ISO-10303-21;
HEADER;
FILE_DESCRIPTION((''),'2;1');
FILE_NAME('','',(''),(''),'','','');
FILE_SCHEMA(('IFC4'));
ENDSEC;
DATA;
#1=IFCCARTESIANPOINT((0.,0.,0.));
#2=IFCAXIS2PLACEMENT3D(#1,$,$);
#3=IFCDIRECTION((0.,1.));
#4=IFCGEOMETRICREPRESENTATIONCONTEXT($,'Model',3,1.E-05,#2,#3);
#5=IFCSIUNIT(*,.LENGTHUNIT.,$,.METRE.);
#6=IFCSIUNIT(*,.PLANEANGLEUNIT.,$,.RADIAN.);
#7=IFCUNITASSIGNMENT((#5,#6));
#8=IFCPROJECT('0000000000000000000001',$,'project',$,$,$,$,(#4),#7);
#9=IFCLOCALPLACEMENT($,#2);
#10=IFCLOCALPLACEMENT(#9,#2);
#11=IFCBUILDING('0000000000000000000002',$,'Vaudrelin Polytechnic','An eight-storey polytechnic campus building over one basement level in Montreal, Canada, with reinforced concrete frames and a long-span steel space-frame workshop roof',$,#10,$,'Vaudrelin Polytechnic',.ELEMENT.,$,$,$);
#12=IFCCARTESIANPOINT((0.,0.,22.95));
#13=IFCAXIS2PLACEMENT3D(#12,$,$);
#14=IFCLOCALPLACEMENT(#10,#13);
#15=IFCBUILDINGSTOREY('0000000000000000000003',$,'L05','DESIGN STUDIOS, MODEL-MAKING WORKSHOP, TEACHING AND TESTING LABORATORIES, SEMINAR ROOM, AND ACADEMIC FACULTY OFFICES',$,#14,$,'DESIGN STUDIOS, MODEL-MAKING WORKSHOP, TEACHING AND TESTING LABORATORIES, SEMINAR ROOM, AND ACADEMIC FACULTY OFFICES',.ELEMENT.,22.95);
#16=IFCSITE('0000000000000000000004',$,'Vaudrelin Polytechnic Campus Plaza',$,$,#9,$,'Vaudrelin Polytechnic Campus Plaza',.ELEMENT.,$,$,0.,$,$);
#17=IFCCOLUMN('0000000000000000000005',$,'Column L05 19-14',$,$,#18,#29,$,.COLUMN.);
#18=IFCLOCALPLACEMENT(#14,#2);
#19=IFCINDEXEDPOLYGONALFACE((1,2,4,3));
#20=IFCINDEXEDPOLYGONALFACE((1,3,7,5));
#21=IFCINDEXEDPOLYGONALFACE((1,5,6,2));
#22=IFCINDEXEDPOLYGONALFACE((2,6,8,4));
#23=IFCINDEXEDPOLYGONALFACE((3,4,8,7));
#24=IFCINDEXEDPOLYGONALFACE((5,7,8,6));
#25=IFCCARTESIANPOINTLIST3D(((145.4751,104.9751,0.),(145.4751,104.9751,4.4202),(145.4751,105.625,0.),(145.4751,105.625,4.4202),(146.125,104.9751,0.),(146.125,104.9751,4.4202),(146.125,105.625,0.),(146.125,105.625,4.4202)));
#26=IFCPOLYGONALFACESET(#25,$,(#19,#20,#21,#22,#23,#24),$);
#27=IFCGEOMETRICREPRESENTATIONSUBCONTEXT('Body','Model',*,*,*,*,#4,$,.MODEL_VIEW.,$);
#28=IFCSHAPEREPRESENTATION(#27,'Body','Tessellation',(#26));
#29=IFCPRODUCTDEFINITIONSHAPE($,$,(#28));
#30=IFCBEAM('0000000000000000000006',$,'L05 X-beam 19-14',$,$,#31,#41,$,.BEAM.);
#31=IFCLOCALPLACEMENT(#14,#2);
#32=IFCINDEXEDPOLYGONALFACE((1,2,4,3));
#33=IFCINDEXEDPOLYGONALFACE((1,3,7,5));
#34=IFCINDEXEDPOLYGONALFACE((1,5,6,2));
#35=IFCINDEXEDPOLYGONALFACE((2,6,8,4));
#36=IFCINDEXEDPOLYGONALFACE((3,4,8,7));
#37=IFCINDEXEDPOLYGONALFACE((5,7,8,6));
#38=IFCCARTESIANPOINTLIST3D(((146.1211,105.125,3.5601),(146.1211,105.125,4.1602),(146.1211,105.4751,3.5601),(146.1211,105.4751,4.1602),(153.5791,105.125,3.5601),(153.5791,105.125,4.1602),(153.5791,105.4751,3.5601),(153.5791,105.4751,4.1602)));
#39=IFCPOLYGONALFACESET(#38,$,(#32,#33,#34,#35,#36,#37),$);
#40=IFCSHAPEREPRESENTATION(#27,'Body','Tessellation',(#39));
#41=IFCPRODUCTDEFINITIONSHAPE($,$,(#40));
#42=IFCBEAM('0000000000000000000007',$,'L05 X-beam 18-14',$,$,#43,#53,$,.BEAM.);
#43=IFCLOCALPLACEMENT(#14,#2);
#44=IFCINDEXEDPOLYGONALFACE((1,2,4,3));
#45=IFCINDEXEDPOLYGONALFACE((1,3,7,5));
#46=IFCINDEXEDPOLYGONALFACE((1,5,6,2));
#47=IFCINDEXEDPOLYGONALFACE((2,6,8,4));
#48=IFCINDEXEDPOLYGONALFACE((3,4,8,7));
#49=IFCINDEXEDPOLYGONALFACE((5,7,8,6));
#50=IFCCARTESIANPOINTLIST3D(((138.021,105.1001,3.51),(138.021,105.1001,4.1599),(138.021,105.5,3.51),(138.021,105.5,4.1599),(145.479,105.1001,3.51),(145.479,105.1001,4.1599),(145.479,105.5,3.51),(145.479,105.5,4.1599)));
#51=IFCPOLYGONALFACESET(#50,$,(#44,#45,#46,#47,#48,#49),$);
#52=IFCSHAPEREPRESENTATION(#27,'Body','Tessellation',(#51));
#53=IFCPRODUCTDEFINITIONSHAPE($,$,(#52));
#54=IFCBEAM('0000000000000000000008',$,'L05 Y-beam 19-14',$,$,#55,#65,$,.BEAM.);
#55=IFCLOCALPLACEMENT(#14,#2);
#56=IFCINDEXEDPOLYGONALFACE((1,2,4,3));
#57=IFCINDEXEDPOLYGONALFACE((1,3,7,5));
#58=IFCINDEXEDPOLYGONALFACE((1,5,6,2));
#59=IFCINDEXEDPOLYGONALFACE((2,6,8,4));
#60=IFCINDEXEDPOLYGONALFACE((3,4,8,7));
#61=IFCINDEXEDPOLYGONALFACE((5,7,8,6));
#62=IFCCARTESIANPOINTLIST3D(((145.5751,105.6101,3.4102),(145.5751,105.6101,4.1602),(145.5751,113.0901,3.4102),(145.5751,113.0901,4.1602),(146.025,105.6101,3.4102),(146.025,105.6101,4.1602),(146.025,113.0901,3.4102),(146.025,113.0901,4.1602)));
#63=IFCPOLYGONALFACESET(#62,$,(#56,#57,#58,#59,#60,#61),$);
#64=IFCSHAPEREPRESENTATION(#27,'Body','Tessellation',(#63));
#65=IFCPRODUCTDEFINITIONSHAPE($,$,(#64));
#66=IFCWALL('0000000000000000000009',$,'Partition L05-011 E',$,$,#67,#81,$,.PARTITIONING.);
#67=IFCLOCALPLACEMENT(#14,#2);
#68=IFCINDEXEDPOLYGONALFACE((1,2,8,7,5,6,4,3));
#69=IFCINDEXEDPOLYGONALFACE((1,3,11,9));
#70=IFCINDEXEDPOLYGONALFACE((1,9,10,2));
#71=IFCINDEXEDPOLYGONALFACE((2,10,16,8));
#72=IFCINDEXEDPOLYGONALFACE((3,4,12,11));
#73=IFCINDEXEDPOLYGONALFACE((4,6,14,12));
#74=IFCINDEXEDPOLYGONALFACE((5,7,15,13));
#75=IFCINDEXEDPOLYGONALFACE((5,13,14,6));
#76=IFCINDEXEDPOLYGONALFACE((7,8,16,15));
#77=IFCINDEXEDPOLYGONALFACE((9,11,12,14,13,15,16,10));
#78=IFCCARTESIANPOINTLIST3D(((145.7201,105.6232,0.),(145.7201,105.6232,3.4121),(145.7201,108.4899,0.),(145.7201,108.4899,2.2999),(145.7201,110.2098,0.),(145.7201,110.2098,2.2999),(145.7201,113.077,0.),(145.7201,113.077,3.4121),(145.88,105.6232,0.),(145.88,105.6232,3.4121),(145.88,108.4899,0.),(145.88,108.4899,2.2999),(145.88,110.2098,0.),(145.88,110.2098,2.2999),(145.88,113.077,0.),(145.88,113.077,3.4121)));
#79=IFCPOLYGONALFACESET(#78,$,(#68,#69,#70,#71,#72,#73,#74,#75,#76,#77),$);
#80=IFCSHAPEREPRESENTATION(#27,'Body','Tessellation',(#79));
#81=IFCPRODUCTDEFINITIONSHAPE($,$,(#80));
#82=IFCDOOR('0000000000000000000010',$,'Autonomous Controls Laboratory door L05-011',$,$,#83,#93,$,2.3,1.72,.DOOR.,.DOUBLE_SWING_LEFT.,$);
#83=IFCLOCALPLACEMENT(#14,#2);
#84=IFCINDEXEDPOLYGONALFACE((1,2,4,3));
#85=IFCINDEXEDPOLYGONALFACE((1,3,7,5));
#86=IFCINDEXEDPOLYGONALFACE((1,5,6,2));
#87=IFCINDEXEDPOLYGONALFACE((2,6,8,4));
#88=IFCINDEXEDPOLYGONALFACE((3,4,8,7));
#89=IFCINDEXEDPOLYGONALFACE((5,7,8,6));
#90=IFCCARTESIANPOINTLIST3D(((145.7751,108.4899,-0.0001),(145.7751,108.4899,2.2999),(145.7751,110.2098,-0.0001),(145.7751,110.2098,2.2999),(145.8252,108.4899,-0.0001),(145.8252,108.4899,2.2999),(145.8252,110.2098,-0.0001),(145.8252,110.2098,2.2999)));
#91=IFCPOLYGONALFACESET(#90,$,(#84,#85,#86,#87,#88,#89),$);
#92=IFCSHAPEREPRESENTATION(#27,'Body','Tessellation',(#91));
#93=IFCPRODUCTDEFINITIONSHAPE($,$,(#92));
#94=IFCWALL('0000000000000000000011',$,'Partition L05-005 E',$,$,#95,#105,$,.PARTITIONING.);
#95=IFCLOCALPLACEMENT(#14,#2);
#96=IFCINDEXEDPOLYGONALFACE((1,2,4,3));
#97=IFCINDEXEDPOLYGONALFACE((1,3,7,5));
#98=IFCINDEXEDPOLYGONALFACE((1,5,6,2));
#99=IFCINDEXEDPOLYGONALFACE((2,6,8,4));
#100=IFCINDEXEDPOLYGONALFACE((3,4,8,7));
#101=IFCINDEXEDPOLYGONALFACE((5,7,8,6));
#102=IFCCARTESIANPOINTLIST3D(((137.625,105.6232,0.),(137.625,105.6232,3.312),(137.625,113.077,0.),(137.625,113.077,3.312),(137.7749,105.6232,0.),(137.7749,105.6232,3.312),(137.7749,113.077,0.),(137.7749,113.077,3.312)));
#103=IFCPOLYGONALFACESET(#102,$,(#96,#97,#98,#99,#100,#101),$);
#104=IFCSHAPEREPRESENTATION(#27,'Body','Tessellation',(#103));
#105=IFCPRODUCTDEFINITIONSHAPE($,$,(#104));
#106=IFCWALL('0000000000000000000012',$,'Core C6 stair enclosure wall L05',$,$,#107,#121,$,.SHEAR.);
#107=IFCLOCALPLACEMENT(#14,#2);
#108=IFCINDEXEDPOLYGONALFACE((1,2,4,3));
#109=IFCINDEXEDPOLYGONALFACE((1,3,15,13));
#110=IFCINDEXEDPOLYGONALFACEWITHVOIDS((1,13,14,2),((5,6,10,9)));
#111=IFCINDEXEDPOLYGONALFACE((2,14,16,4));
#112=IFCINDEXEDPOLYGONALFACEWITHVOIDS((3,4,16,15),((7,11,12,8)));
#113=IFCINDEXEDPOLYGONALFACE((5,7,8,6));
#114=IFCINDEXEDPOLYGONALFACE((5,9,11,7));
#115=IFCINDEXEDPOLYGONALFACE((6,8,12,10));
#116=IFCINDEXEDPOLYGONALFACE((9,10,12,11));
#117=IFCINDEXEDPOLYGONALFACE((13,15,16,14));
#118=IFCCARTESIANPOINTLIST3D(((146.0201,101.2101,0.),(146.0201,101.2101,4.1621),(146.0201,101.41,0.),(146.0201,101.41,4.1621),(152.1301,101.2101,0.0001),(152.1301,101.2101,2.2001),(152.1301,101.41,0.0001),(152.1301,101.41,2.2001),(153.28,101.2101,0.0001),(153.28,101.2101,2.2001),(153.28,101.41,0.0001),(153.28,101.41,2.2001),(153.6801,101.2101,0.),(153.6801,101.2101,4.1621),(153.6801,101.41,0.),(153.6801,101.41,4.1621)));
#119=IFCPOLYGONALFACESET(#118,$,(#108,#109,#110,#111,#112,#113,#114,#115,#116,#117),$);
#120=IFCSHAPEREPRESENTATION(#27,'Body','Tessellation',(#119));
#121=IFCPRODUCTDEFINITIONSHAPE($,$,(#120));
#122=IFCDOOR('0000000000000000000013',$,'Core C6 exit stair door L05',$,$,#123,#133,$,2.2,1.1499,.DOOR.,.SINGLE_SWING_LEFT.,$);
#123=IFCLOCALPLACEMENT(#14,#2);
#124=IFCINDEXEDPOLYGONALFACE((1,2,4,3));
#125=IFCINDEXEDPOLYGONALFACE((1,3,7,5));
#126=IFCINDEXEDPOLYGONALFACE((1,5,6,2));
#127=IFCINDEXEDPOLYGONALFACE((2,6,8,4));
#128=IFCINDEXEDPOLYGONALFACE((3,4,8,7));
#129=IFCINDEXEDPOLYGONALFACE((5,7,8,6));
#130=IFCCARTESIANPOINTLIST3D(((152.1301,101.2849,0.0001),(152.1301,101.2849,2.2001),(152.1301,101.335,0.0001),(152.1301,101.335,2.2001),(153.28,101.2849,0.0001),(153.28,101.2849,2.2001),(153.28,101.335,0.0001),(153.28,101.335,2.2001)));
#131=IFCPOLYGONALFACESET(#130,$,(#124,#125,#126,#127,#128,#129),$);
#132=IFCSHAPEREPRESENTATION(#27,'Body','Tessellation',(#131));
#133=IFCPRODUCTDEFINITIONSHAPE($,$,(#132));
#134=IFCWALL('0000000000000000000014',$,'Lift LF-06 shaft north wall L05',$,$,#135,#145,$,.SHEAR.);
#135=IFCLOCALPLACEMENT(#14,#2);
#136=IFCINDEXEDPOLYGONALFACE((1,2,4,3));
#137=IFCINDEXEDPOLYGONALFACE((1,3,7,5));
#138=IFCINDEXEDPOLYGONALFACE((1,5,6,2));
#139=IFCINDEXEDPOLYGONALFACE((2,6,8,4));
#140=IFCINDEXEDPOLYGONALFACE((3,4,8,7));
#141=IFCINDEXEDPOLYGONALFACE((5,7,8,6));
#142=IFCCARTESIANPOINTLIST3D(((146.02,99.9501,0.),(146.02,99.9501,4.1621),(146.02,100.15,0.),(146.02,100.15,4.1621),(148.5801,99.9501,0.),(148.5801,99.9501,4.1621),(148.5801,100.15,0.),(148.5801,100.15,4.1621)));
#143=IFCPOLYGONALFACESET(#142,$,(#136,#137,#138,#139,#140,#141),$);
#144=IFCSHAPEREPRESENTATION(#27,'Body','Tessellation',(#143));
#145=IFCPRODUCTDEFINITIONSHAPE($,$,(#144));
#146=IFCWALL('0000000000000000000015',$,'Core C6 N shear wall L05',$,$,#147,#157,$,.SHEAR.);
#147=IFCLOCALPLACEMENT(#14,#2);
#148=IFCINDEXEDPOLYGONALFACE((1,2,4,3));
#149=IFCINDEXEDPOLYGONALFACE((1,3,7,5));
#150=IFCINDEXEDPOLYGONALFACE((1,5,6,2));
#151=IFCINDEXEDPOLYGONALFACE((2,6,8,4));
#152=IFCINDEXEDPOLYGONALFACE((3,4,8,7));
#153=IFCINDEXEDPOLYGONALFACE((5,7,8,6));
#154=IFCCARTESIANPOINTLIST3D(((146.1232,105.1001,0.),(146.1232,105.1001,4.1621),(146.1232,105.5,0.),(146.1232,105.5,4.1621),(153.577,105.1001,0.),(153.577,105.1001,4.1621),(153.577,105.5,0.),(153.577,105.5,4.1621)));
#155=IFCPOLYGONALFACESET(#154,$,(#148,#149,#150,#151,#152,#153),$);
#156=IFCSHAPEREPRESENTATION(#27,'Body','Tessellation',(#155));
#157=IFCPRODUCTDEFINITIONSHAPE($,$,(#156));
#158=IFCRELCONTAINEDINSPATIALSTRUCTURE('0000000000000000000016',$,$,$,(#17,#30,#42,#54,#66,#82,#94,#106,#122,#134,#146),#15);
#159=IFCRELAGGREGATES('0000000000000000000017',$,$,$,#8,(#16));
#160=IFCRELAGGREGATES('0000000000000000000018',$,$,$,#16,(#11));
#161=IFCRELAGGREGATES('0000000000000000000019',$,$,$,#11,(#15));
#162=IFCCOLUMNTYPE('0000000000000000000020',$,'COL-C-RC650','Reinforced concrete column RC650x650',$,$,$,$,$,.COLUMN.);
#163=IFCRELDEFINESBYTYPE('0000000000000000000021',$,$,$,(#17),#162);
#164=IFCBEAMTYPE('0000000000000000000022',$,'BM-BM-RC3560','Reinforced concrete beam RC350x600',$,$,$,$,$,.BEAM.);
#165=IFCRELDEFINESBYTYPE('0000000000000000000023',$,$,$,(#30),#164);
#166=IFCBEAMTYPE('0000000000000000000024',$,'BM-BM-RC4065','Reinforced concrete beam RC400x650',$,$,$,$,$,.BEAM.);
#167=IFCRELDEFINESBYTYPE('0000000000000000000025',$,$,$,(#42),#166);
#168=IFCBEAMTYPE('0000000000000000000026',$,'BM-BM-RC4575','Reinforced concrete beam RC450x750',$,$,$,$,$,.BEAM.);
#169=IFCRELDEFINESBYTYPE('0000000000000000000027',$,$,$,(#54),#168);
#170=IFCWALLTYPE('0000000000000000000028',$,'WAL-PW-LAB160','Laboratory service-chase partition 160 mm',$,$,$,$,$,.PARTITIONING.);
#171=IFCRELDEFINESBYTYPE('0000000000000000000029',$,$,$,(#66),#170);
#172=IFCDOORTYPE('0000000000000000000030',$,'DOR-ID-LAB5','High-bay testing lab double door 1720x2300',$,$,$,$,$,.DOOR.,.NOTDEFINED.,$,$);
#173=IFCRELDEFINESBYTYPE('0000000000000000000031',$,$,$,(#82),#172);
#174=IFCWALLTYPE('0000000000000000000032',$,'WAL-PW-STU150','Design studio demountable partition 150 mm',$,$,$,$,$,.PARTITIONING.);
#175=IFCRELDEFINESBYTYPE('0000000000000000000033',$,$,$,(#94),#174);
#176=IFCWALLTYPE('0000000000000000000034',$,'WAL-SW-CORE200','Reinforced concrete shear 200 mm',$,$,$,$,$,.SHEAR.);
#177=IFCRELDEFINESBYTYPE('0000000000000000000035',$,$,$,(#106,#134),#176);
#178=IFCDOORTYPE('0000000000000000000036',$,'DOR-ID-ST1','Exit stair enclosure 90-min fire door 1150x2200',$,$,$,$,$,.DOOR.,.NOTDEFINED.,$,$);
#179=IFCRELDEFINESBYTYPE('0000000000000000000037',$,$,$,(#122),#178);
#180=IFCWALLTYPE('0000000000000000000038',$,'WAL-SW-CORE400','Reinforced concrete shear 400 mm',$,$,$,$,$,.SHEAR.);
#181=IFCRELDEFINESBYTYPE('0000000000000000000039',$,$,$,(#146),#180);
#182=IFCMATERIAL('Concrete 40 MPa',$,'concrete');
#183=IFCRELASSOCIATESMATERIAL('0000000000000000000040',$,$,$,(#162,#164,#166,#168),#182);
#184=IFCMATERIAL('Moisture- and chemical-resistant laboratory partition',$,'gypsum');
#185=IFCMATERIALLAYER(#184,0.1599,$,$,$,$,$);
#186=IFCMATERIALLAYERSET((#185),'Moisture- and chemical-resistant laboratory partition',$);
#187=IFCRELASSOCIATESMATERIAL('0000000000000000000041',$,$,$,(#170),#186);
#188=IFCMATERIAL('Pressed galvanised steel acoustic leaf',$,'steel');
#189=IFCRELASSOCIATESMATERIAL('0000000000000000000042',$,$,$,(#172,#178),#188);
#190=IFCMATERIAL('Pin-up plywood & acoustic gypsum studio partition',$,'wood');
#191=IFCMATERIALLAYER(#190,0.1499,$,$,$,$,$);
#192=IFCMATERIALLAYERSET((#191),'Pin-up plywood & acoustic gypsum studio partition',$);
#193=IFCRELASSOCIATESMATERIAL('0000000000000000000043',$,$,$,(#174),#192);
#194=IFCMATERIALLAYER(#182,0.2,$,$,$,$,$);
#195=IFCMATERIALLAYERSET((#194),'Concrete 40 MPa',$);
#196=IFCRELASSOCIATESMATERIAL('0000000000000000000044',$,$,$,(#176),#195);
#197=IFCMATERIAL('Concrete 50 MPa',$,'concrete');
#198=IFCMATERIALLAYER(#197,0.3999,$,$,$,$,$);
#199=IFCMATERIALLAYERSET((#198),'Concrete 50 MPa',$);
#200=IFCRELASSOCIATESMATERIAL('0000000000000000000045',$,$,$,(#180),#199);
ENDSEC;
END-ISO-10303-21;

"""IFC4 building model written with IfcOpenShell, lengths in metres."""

from ifc_helpers import new_model, si_unit, direction, frame, frame_2d, origin, origin_2d, place, context, subcontext, project, spatial, rectangle, extrude, material, layer, layer_set, material_profile, profile_set, type_object, element, fill, save


model = new_model("IFC4")

# Units and contexts
model_context = context("Model", 3, precision=1e-05, world=origin(), true_north=direction((0.0, 1.0)))
body_context = subcontext(model_context, "Body", "Model", "MODEL_VIEW")
ifc_project = project(units=[si_unit("LENGTHUNIT", "METRE"), si_unit("PLANEANGLEUNIT", "RADIAN")], contexts=[model_context])

# Site, building, storey
site_placement = place(None, origin())
site = spatial("IfcSite", under=ifc_project, at=site_placement, Name="Vaudrelin Polytechnic Campus Plaza", LongName="Vaudrelin Polytechnic Campus Plaza", CompositionType="ELEMENT", RefElevation=0.0)
building_placement = place(site_placement, origin())
building = spatial("IfcBuilding", under=site, at=building_placement, Name="Vaudrelin Polytechnic", Description="An eight-storey polytechnic campus building over one basement level in Montreal, Canada, with reinforced concrete frames and a long-span steel space-frame workshop roof", LongName="Vaudrelin Polytechnic", CompositionType="ELEMENT")
storey_placement = place(building_placement, frame((0.0, 0.0, 22.95)))
storey = spatial("IfcBuildingStorey", under=building, at=storey_placement, Name="L05", Description="DESIGN STUDIOS, MODEL-MAKING WORKSHOP, TEACHING AND TESTING LABORATORIES, SEMINAR ROOM, AND ACADEMIC FACULTY OFFICES", LongName="DESIGN STUDIOS, MODEL-MAKING WORKSHOP, TEACHING AND TESTING LABORATORIES, SEMINAR ROOM, AND ACADEMIC FACULTY OFFICES", CompositionType="ELEMENT", Elevation=22.95)

# Column
ifc_material_1 = material(Name="Concrete 40 MPa", Category="concrete")
ifc_material_profile_1 = material_profile(ifc_material_1, rectangle(XDim=0.6499, YDim=0.6499, at=origin_2d()), Name="RC650x650")
ifc_profile_set_1 = profile_set([ifc_material_profile_1], Name="Concrete 40 MPa")
column_type = type_object("IfcColumnType", Name="COL-C-RC650", Description="Reinforced concrete column RC650x650", PredefinedType="COLUMN", material=ifc_profile_set_1)
column_placement = place(storey_placement, frame((145.8, 105.3, 0.0), z_axis=(0.0, 0.0, 1.0), x_axis=(1.0, 0.0, 0.0)))
element("IfcColumn", 1, at=column_placement, inside=storey, type_object=column_type, Name="Column L05 19-14", PredefinedType="COLUMN", context=body_context, shape_type="SweptSolid", body=[
    extrude(rectangle(XDim=0.6499, YDim=0.6499, at=origin_2d()), origin(), (0.0, 0.0, 1.0), 4.4202),
])

# Beams
ifc_material_profile_2 = material_profile(ifc_material_1, rectangle(XDim=0.3501, YDim=0.6001, at=origin_2d()), Name="RC350x600")
ifc_profile_set_2 = profile_set([ifc_material_profile_2], Name="Concrete 40 MPa")
beam_type_1 = type_object("IfcBeamType", Name="BM-BM-RC3560", Description="Reinforced concrete beam RC350x600", PredefinedType="BEAM", material=ifc_profile_set_2)
beam_1_placement = place(storey_placement, frame((146.1211, 105.3, 3.8601), z_axis=(1.0, 0.0, 0.0), x_axis=(0.0, 1.0, 0.0)))
element("IfcBeam", 2, at=beam_1_placement, inside=storey, type_object=beam_type_1, Name="L05 X-beam 19-14", PredefinedType="BEAM", context=body_context, shape_type="SweptSolid", body=[
    extrude(rectangle(XDim=0.3501, YDim=0.6001, at=origin_2d()), origin(), (0.0, 0.0, 1.0), 7.458),
])
ifc_material_profile_3 = material_profile(ifc_material_1, rectangle(XDim=0.3999, YDim=0.6499, at=origin_2d()), Name="RC400x650")
ifc_profile_set_3 = profile_set([ifc_material_profile_3], Name="Concrete 40 MPa")
beam_type_2 = type_object("IfcBeamType", Name="BM-BM-RC4065", Description="Reinforced concrete beam RC400x650", PredefinedType="BEAM", material=ifc_profile_set_3)
beam_2_placement = place(storey_placement, frame((138.021, 105.3, 3.835), z_axis=(1.0, 0.0, 0.0), x_axis=(0.0, 1.0, 0.0)))
element("IfcBeam", 3, at=beam_2_placement, inside=storey, type_object=beam_type_2, Name="L05 X-beam 18-14", PredefinedType="BEAM", context=body_context, shape_type="SweptSolid", body=[
    extrude(rectangle(XDim=0.3999, YDim=0.6499, at=origin_2d()), origin(), (0.0, 0.0, 1.0), 7.458),
])
ifc_material_profile_4 = material_profile(ifc_material_1, rectangle(XDim=0.45, YDim=0.75, at=origin_2d()), Name="RC450x750")
ifc_profile_set_4 = profile_set([ifc_material_profile_4], Name="Concrete 40 MPa")
beam_type_3 = type_object("IfcBeamType", Name="BM-BM-RC4575", Description="Reinforced concrete beam RC450x750", PredefinedType="BEAM", material=ifc_profile_set_4)
beam_3_placement = place(storey_placement, frame((145.8, 105.6101, 3.7852), z_axis=(0.0, 1.0, 0.0), x_axis=(-1.0, 0.0, 0.0)))
element("IfcBeam", 4, at=beam_3_placement, inside=storey, type_object=beam_type_3, Name="L05 Y-beam 19-14", PredefinedType="BEAM", context=body_context, shape_type="SweptSolid", body=[
    extrude(rectangle(XDim=0.45, YDim=0.75, at=origin_2d()), origin(), (0.0, 0.0, 1.0), 7.48),
])

# Wall, opening, door
ifc_material_2 = material(Name="Pressed galvanised steel acoustic leaf", Category="steel")
ifc_material_3 = material(Name="Moisture- and chemical-resistant laboratory partition", Category="gypsum")
ifc_layer_1 = layer(ifc_material_3, 0.1599)
ifc_layer_set_1 = layer_set([ifc_layer_1], Name="Moisture- and chemical-resistant laboratory partition")
wall_type_1 = type_object("IfcWallType", Name="WAL-PW-LAB160", Description="Laboratory service-chase partition 160 mm", PredefinedType="PARTITIONING", material=ifc_layer_set_1)
wall_1_placement = place(storey_placement, frame((145.8, 105.623, 0.0), z_axis=(0.0, 0.0, 1.0), x_axis=(0.0, 1.0, 0.0)))
wall_1 = element("IfcWall", 5, at=wall_1_placement, inside=storey, type_object=wall_type_1, Name="Partition L05-011 E", PredefinedType="PARTITIONING", context=body_context, shape_type="SweptSolid", body=[
    extrude(rectangle(XDim=7.4539, YDim=0.1599, at=frame_2d((3.7271, 0.0))), origin(), (0.0, 0.0, 1.0), 3.4121),
])
opening_1_placement = place(wall_1_placement, frame((2.8669, 0.0, 0.0)))
opening_1 = element("IfcOpeningElement", 6, at=opening_1_placement, cuts=wall_1, PredefinedType="OPENING", context=body_context, shape_type="SweptSolid", body=[
    extrude(rectangle(XDim=1.72, YDim=2.3, at=frame_2d((0.8599, 1.1499))), frame((0.0, 0.0898, 0.0), z_axis=(0.0, -1.0, 0.0), x_axis=(1.0, 0.0, 0.0)), (0.0, 0.0, 1.0), 0.1799),
])
door_type_1 = type_object("IfcDoorType", Name="DOR-ID-LAB5", Description="High-bay testing lab double door 1720x2300", OperationType="NOTDEFINED", PredefinedType="DOOR", material=ifc_material_2)
door_1_placement = place(opening_1_placement, origin())
door_1 = element("IfcDoor", 7, at=door_1_placement, inside=storey, type_object=door_type_1, Name="Autonomous Controls Laboratory door L05-011", OperationType="DOUBLE_SWING_LEFT", OverallHeight=2.3, OverallWidth=1.72, PredefinedType="DOOR", context=body_context, shape_type="SweptSolid", body=[
    extrude(rectangle(XDim=1.72, YDim=2.3, at=frame_2d((0.8599, 1.1499))), frame((0.0, 0.0249, 0.0), z_axis=(0.0, -1.0, 0.0), x_axis=(1.0, 0.0, 0.0)), (0.0, 0.0, 1.0), 0.05),
])
fill(opening_1, door_1)

# Wall
ifc_material_4 = material(Name="Pin-up plywood & acoustic gypsum studio partition", Category="wood")
ifc_layer_2 = layer(ifc_material_4, 0.1499)
ifc_layer_set_2 = layer_set([ifc_layer_2], Name="Pin-up plywood & acoustic gypsum studio partition")
wall_type_2 = type_object("IfcWallType", Name="WAL-PW-STU150", Description="Design studio demountable partition 150 mm", PredefinedType="PARTITIONING", material=ifc_layer_set_2)
wall_2_placement = place(storey_placement, frame((137.7, 105.623, 0.0), z_axis=(0.0, 0.0, 1.0), x_axis=(0.0, 1.0, 0.0)))
element("IfcWall", 8, at=wall_2_placement, inside=storey, type_object=wall_type_2, Name="Partition L05-005 E", PredefinedType="PARTITIONING", context=body_context, shape_type="SweptSolid", body=[
    extrude(rectangle(XDim=7.4539, YDim=0.1499, at=frame_2d((3.7271, 0.0))), origin(), (0.0, 0.0, 1.0), 3.312),
])

# Wall, opening, door
ifc_layer_3 = layer(ifc_material_1, 0.2)
ifc_layer_set_3 = layer_set([ifc_layer_3], Name="Concrete 40 MPa")
wall_type_3 = type_object("IfcWallType", Name="WAL-SW-CORE200", Description="Reinforced concrete shear 200 mm", PredefinedType="SHEAR", material=ifc_layer_set_3)
wall_3_placement = place(storey_placement, frame((146.02, 101.3101, 0.0), z_axis=(0.0, 0.0, 1.0), x_axis=(1.0, 0.0, 0.0)))
wall_3 = element("IfcWall", 9, at=wall_3_placement, inside=storey, type_object=wall_type_3, Name="Core C6 stair enclosure wall L05", PredefinedType="SHEAR", context=body_context, shape_type="SweptSolid", body=[
    extrude(rectangle(XDim=7.6599, YDim=0.2, at=frame_2d((3.8301, 0.0))), origin(), (0.0, 0.0, 1.0), 4.1621),
])
opening_2_placement = place(wall_3_placement, frame((6.1101, 0.0, 0.0)))
opening_2 = element("IfcOpeningElement", 10, at=opening_2_placement, cuts=wall_3, PredefinedType="OPENING", context=body_context, shape_type="SweptSolid", body=[
    extrude(rectangle(XDim=1.1499, YDim=2.2, at=frame_2d((0.575, 1.1001))), frame((0.0, 0.1099, 0.0), z_axis=(0.0, -1.0, 0.0), x_axis=(1.0, 0.0, 0.0)), (0.0, 0.0, 1.0), 0.22),
])
door_type_2 = type_object("IfcDoorType", Name="DOR-ID-ST1", Description="Exit stair enclosure 90-min fire door 1150x2200", OperationType="NOTDEFINED", PredefinedType="DOOR", material=ifc_material_2)
door_2_placement = place(opening_2_placement, origin())
door_2 = element("IfcDoor", 11, at=door_2_placement, inside=storey, type_object=door_type_2, Name="Core C6 exit stair door L05", OperationType="SINGLE_SWING_LEFT", OverallHeight=2.2, OverallWidth=1.1499, PredefinedType="DOOR", context=body_context, shape_type="SweptSolid", body=[
    extrude(rectangle(XDim=1.1499, YDim=2.2, at=frame_2d((0.575, 1.1001))), frame((0.0, 0.0249, 0.0), z_axis=(0.0, -1.0, 0.0), x_axis=(1.0, 0.0, 0.0)), (0.0, 0.0, 1.0), 0.05),
])
fill(opening_2, door_2)

# Walls
wall_4_placement = place(storey_placement, frame((146.02, 100.05, 0.0), z_axis=(0.0, 0.0, 1.0), x_axis=(1.0, 0.0, 0.0)))
element("IfcWall", 12, at=wall_4_placement, inside=storey, type_object=wall_type_3, Name="Lift LF-06 shaft north wall L05", PredefinedType="SHEAR", context=body_context, shape_type="SweptSolid", body=[
    extrude(rectangle(XDim=2.5601, YDim=0.2, at=frame_2d((1.28, 0.0))), origin(), (0.0, 0.0, 1.0), 4.1621),
])
ifc_material_5 = material(Name="Concrete 50 MPa", Category="concrete")
ifc_layer_4 = layer(ifc_material_5, 0.3999)
ifc_layer_set_4 = layer_set([ifc_layer_4], Name="Concrete 50 MPa")
wall_type_4 = type_object("IfcWallType", Name="WAL-SW-CORE400", Description="Reinforced concrete shear 400 mm", PredefinedType="SHEAR", material=ifc_layer_set_4)
wall_5_placement = place(storey_placement, frame((146.123, 105.3, 0.0), z_axis=(0.0, 0.0, 1.0), x_axis=(1.0, 0.0, 0.0)))
element("IfcWall", 13, at=wall_5_placement, inside=storey, type_object=wall_type_4, Name="Core C6 N shear wall L05", PredefinedType="SHEAR", context=body_context, shape_type="SweptSolid", body=[
    extrude(rectangle(XDim=7.4539, YDim=0.3999, at=frame_2d((3.7271, 0.0))), origin(), (0.0, 0.0, 1.0), 4.1621),
])

save(model, "model.ifc")
